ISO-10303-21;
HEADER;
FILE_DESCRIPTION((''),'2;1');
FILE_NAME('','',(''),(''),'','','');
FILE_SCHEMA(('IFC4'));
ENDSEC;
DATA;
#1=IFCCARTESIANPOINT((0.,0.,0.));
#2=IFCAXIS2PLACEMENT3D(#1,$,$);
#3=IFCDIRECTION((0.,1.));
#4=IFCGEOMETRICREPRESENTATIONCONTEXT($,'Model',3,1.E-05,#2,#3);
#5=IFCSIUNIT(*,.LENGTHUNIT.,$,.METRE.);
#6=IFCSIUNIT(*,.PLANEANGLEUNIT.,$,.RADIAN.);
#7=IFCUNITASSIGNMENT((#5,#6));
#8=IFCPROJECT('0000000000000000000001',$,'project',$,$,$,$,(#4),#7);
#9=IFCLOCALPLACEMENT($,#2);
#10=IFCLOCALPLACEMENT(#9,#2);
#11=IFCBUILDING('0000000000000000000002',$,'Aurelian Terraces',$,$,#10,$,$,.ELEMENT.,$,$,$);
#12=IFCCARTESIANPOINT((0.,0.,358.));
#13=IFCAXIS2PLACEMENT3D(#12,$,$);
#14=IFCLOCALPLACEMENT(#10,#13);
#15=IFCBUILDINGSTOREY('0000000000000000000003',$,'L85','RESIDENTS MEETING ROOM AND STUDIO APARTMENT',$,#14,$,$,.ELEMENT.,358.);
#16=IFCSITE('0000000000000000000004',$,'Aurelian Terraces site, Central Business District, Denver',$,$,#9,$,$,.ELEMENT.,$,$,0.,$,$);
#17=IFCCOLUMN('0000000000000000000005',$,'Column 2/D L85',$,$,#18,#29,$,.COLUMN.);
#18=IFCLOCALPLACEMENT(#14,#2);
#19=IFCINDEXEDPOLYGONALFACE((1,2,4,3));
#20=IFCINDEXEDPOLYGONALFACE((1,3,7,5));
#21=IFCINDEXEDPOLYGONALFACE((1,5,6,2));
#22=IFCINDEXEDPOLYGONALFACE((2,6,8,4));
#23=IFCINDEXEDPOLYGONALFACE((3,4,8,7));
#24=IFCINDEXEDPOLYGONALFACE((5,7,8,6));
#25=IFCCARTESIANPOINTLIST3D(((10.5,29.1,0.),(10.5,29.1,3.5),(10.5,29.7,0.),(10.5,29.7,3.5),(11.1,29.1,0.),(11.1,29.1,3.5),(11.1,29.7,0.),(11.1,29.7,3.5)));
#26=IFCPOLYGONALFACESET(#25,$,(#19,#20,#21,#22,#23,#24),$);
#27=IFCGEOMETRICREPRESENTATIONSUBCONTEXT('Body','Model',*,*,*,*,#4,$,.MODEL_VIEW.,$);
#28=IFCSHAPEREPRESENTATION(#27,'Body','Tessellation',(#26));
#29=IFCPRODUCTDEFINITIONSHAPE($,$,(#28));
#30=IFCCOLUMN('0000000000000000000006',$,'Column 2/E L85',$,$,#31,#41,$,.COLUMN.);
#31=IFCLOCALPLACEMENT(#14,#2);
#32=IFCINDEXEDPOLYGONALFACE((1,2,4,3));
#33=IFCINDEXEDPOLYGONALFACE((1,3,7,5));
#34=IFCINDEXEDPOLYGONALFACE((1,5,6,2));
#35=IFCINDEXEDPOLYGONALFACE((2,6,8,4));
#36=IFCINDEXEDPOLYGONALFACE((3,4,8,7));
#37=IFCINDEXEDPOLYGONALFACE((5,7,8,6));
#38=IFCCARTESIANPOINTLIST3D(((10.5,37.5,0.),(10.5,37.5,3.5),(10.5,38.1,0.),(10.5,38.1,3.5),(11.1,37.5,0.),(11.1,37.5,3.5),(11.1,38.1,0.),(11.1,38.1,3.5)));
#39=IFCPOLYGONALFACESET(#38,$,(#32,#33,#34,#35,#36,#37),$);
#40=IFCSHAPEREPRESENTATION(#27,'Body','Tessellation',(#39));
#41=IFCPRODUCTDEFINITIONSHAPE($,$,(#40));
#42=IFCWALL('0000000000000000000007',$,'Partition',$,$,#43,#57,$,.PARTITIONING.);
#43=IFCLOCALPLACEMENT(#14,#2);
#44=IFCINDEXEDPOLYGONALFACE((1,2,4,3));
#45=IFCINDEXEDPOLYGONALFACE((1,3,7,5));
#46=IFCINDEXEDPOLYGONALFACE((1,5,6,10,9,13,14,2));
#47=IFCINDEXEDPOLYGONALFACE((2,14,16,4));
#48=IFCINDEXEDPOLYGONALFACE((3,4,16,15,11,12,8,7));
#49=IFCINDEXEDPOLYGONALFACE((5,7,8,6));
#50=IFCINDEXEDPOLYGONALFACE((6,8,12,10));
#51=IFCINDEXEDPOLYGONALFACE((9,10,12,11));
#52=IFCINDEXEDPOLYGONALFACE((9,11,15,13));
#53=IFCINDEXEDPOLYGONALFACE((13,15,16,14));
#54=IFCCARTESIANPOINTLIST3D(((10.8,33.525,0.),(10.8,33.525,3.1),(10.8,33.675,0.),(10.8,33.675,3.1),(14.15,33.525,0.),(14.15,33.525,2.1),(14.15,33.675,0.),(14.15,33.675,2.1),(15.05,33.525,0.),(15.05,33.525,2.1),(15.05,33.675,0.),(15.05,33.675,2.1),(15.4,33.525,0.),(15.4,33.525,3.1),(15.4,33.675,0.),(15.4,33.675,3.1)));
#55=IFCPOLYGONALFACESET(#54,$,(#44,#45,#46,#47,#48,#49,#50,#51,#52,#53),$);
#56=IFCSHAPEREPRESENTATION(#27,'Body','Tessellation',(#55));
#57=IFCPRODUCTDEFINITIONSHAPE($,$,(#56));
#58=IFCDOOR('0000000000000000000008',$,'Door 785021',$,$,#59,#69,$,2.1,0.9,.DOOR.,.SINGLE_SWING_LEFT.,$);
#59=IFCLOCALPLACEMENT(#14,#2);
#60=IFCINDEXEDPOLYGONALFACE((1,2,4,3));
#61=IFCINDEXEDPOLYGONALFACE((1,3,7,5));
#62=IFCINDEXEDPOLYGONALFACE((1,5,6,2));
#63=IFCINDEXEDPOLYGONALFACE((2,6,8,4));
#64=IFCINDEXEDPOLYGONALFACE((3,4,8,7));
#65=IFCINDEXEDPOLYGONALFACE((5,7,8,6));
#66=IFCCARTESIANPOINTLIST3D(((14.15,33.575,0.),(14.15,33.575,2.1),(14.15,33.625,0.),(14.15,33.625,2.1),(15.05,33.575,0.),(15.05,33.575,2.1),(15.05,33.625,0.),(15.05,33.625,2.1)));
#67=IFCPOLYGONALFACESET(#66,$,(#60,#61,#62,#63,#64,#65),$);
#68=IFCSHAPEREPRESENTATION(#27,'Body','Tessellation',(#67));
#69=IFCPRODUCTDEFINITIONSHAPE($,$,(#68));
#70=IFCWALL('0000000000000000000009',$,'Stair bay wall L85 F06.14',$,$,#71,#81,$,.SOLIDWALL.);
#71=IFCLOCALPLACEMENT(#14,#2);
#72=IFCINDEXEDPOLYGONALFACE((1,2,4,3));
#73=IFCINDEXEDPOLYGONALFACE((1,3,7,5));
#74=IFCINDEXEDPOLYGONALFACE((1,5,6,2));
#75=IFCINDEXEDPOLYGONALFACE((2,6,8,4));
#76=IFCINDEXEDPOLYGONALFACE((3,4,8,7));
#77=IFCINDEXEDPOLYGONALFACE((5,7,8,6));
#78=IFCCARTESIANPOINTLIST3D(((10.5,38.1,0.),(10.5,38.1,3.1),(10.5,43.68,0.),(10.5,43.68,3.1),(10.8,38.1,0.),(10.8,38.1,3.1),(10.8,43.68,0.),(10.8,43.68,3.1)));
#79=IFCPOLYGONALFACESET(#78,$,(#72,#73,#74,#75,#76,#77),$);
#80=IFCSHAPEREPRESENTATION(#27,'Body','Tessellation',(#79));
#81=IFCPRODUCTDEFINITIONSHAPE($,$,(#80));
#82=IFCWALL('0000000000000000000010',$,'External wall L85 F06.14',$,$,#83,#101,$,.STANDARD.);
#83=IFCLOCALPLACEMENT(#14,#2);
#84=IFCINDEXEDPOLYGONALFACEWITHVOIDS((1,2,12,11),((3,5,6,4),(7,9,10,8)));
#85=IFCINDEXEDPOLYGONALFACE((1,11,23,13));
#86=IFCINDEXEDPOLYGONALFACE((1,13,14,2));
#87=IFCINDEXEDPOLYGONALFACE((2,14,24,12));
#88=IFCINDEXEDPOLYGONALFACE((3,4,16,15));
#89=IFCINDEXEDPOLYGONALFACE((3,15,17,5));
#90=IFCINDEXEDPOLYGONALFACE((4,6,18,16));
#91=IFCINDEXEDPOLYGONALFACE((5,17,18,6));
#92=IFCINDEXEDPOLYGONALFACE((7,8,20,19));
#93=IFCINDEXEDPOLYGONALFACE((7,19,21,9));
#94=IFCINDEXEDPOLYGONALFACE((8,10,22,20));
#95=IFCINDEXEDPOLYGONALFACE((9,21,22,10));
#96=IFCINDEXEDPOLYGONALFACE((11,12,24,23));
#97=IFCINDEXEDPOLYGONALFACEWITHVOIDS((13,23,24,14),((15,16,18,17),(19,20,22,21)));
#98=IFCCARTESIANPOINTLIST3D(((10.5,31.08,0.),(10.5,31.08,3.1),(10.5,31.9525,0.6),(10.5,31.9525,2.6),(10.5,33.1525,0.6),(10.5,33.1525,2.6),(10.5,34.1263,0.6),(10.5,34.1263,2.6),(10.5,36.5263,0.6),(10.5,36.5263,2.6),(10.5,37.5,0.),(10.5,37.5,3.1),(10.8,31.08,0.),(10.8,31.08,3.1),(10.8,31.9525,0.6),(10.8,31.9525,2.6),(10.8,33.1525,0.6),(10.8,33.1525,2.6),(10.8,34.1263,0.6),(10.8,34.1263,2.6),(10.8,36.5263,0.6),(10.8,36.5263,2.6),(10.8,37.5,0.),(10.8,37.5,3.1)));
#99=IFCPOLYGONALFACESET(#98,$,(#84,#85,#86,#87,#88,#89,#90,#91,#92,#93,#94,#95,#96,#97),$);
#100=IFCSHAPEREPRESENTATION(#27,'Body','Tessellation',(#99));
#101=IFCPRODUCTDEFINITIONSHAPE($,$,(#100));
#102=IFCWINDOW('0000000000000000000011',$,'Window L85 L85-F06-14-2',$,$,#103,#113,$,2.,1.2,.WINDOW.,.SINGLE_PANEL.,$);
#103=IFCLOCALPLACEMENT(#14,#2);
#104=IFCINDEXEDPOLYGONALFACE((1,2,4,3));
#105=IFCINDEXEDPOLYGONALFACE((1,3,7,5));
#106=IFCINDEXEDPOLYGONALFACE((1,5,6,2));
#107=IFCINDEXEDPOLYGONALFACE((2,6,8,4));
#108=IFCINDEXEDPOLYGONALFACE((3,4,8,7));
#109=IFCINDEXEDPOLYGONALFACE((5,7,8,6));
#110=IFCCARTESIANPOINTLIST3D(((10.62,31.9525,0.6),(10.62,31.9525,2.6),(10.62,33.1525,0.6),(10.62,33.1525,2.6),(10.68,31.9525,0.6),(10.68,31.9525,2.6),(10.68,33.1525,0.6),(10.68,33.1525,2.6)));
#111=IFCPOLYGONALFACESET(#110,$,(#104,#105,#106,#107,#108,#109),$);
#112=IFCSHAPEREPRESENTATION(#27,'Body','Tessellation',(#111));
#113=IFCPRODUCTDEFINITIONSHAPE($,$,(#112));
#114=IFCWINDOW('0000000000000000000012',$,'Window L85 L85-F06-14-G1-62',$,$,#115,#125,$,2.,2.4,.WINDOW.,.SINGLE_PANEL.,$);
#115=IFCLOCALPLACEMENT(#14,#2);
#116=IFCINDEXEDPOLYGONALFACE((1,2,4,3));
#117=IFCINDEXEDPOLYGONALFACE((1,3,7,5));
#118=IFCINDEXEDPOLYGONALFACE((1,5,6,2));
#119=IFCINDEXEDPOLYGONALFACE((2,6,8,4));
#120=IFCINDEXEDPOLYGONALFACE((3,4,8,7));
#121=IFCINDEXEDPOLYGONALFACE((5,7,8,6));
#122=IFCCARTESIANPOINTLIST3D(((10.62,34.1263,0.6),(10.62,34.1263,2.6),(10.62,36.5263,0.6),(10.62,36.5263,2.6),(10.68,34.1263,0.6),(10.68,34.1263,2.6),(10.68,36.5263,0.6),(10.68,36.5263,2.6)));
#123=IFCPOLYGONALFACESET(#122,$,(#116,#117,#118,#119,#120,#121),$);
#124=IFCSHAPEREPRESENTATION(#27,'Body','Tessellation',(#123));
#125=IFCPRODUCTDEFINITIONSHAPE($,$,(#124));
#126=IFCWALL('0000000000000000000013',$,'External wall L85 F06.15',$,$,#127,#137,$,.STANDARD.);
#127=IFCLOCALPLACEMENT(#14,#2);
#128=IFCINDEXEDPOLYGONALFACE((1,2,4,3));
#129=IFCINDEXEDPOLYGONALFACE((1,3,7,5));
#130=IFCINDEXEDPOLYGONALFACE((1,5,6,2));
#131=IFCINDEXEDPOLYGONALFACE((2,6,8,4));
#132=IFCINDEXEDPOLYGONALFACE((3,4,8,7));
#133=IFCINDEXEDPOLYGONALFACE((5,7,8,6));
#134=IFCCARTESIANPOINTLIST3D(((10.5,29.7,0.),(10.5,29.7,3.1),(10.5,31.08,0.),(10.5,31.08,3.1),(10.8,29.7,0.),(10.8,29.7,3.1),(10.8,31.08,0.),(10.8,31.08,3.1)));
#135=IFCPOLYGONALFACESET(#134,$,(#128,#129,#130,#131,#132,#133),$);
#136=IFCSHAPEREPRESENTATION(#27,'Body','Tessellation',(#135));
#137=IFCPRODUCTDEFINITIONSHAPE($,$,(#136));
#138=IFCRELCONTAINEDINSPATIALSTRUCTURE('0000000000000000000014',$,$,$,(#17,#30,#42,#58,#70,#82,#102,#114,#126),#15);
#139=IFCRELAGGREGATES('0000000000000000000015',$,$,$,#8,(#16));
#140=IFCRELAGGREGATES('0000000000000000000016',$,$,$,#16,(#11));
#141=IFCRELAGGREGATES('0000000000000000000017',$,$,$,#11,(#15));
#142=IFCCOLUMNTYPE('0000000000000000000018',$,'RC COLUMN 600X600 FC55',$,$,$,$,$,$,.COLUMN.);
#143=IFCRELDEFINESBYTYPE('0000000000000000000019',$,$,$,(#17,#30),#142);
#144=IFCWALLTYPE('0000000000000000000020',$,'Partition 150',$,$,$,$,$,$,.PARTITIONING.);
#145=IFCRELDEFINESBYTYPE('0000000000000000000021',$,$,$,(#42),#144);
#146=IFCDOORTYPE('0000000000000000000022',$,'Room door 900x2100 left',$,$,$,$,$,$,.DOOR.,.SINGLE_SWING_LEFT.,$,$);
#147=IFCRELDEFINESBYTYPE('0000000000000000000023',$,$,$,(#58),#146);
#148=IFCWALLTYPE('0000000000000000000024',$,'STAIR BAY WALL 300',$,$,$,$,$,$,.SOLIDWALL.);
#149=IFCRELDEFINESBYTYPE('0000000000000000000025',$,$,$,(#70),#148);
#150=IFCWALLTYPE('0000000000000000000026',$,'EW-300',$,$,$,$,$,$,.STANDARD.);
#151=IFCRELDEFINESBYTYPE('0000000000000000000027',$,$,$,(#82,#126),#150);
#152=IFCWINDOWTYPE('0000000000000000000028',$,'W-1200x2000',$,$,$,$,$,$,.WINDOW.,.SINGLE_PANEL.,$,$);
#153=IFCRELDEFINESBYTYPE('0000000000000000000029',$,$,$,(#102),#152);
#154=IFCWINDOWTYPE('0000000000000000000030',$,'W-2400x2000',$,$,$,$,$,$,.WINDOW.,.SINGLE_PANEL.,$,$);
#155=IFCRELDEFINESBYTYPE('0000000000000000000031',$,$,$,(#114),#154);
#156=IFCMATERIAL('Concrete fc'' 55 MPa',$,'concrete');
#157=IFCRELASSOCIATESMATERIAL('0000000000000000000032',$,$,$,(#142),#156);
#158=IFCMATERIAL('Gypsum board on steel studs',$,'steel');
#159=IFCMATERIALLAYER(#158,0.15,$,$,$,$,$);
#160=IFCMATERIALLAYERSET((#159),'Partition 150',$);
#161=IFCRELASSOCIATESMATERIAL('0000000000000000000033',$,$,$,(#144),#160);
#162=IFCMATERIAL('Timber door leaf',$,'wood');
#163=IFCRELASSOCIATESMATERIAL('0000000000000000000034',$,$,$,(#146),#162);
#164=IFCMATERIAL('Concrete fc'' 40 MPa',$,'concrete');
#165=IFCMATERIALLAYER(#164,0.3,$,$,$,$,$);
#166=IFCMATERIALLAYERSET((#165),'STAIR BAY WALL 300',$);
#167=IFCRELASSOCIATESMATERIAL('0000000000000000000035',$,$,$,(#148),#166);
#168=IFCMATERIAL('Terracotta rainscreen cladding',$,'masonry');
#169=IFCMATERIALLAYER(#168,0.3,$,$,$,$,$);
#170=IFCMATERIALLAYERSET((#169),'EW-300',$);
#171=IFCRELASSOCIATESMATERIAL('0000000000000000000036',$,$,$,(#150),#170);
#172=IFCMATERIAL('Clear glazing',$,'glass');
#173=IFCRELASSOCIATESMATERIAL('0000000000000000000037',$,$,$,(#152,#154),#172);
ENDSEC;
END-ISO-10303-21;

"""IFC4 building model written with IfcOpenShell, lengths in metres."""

from ifc_helpers import new_model, si_unit, direction, frame, frame_2d, origin, origin_2d, place, context, subcontext, project, spatial, rectangle, extrude, source, transform, mapped, material, layer, layer_set, material_profile, profile_set, type_object, element, fill, save


model = new_model("IFC4")

# Units and contexts
model_context = context("Model", 3, precision=1e-05, world=origin(), true_north=direction((0.0, 1.0)))
body_context = subcontext(model_context, "Body", "Model", "MODEL_VIEW")
ifc_project = project(units=[si_unit("LENGTHUNIT", "METRE"), si_unit("PLANEANGLEUNIT", "RADIAN")], contexts=[model_context])

# Site, building, storey
site_placement = place(None, origin())
site = spatial("IfcSite", under=ifc_project, at=site_placement, Name="Aurelian Terraces site, Central Business District, Denver", CompositionType="ELEMENT", RefElevation=0.0)
building_placement = place(site_placement, origin())
building = spatial("IfcBuilding", under=site, at=building_placement, Name="Aurelian Terraces", CompositionType="ELEMENT")
storey_placement = place(building_placement, frame((0.0, 0.0, 358.0)))
storey = spatial("IfcBuildingStorey", under=building, at=storey_placement, Name="L85", Description="RESIDENTS MEETING ROOM AND STUDIO APARTMENT", CompositionType="ELEMENT", Elevation=358.0)

# Columns
ifc_material_1 = material(Name="Concrete fc' 55 MPa", Category="concrete")
ifc_material_profile = material_profile(ifc_material_1, rectangle(XDim=0.6, YDim=0.6, at=origin_2d()))
ifc_profile_set = profile_set([ifc_material_profile], Name="Concrete fc' 55 MPa")
column_type = type_object("IfcColumnType", Name="RC COLUMN 600X600 FC55", PredefinedType="COLUMN", material=ifc_profile_set)
shared_shape_1 = source(origin(), body_context, "Body", "SweptSolid", [
    extrude(rectangle(XDim=0.6, YDim=0.6, at=origin_2d()), origin(), (0.0, 0.0, 1.0), 3.5),
])
for number, where, z_axis, x_axis, name in (
    (1, (10.8, 29.4, 0.0), (0.0, 0.0, 1.0), (1.0, 0.0, 0.0), "Column 2/D L85"),
    (2, (10.8, 37.8, 0.0), (0.0, 0.0, 1.0), (1.0, 0.0, 0.0), "Column 2/E L85"),
):
    element("IfcColumn", number, at=place(storey_placement, frame(where, z_axis=z_axis, x_axis=x_axis)), inside=storey, type_object=column_type, Name=name, PredefinedType="COLUMN", context=body_context, shape_type="MappedRepresentation", body=[
        mapped(shared_shape_1, transform((0.0, 0.0, 0.0), scale=1.0)),
    ])

# Wall, opening, door
ifc_material_2 = material(Name="Gypsum board on steel studs", Category="steel")
ifc_layer_1 = layer(ifc_material_2, 0.15)
ifc_layer_set_1 = layer_set([ifc_layer_1], Name="Partition 150")
wall_type_1 = type_object("IfcWallType", Name="Partition 150", PredefinedType="PARTITIONING", material=ifc_layer_set_1)
wall_1_placement = place(storey_placement, frame((15.4, 33.6, 0.0), z_axis=(0.0, 0.0, 1.0), x_axis=(-1.0, 0.0, 0.0)))
wall_1 = element("IfcWall", 3, at=wall_1_placement, inside=storey, type_object=wall_type_1, Name="Partition", PredefinedType="PARTITIONING", context=body_context, shape_type="SweptSolid", body=[
    extrude(rectangle(XDim=4.6, YDim=0.15, at=frame_2d((2.3, 0.0))), origin(), (0.0, 0.0, 1.0), 3.1),
])
shared_shape_2 = source(origin(), body_context, "Body", "SweptSolid", [
    extrude(rectangle(XDim=0.9, YDim=2.1, at=frame_2d((0.45, 1.05))), frame((0.0, 0.085, 0.0), z_axis=(0.0, -1.0, 0.0), x_axis=(1.0, 0.0, 0.0)), (0.0, 0.0, 1.0), 0.17),
])
opening_1_placement = place(wall_1_placement, frame((0.35, 0.0, 0.0)))
opening_1 = element("IfcOpeningElement", 4, at=opening_1_placement, cuts=wall_1, PredefinedType="OPENING", context=body_context, shape_type="MappedRepresentation", body=[
    mapped(shared_shape_2, transform((0.0, 0.0, 0.0), scale=1.0)),
])
ifc_material_3 = material(Name="Timber door leaf", Category="wood")
door_type_1 = type_object("IfcDoorType", Name="Room door 900x2100 left", OperationType="SINGLE_SWING_LEFT", PredefinedType="DOOR", material=ifc_material_3)
shared_shape_3 = source(origin(), body_context, "Body", "SweptSolid", [
    extrude(rectangle(XDim=0.9, YDim=2.1, at=frame_2d((0.45, 1.05))), frame((0.0, 0.025, 0.0), z_axis=(0.0, -1.0, 0.0), x_axis=(1.0, 0.0, 0.0)), (0.0, 0.0, 1.0), 0.05),
])
door_1_placement = place(opening_1_placement, origin())
door_1 = element("IfcDoor", 5, at=door_1_placement, inside=storey, type_object=door_type_1, Name="Door 785021", OperationType="SINGLE_SWING_LEFT", OverallHeight=2.1, OverallWidth=0.9, PredefinedType="DOOR", context=body_context, shape_type="MappedRepresentation", body=[
    mapped(shared_shape_3, transform((0.0, 0.0, 0.0), scale=1.0)),
])
fill(opening_1, door_1)

# Wall
ifc_material_4 = material(Name="Concrete fc' 40 MPa", Category="concrete")
ifc_layer_2 = layer(ifc_material_4, 0.3)
ifc_layer_set_2 = layer_set([ifc_layer_2], Name="STAIR BAY WALL 300")
wall_type_2 = type_object("IfcWallType", Name="STAIR BAY WALL 300", PredefinedType="SOLIDWALL", material=ifc_layer_set_2)
shared_shape_4 = source(origin(), body_context, "Body", "SweptSolid", [
    extrude(rectangle(XDim=5.58, YDim=0.3, at=frame_2d((2.79, 0.0))), origin(), (0.0, 0.0, 1.0), 3.1),
])
wall_2_placement = place(storey_placement, frame((10.65, 43.68, 0.0), z_axis=(0.0, 0.0, 1.0), x_axis=(0.0, -1.0, 0.0)))
element("IfcWall", 6, at=wall_2_placement, inside=storey, type_object=wall_type_2, Name="Stair bay wall L85 F06.14", PredefinedType="SOLIDWALL", context=body_context, shape_type="MappedRepresentation", body=[
    mapped(shared_shape_4, transform((0.0, 0.0, 0.0), scale=1.0)),
])

# Wall, openings, windows
ifc_material_5 = material(Name="Terracotta rainscreen cladding", Category="masonry")
ifc_layer_3 = layer(ifc_material_5, 0.3)
ifc_layer_set_3 = layer_set([ifc_layer_3], Name="EW-300")
wall_type_3 = type_object("IfcWallType", Name="EW-300", PredefinedType="STANDARD", material=ifc_layer_set_3)
shared_shape_5 = source(origin(), body_context, "Body", "SweptSolid", [
    extrude(rectangle(XDim=6.42, YDim=0.3, at=frame_2d((3.21, 0.0))), origin(), (0.0, 0.0, 1.0), 3.1),
])
wall_3_placement = place(storey_placement, frame((10.65, 37.5, 0.0), z_axis=(0.0, 0.0, 1.0), x_axis=(0.0, -1.0, 0.0)))
wall_3 = element("IfcWall", 7, at=wall_3_placement, inside=storey, type_object=wall_type_3, Name="External wall L85 F06.14", PredefinedType="STANDARD", context=body_context, shape_type="MappedRepresentation", body=[
    mapped(shared_shape_5, transform((0.0, 0.0, 0.0), scale=1.0)),
])
shared_shape_6 = source(origin(), body_context, "Body", "SweptSolid", [
    extrude(rectangle(XDim=1.2, YDim=2.0, at=frame_2d((0.6, 1.0))), frame((0.0, 0.16, 0.0), z_axis=(0.0, -1.0, 0.0), x_axis=(1.0, 0.0, 0.0)), (0.0, 0.0, 1.0), 0.32),
])
opening_2_placement = place(wall_3_placement, frame((4.3475, 0.0, 0.6)))
opening_2 = element("IfcOpeningElement", 8, at=opening_2_placement, cuts=wall_3, PredefinedType="OPENING", context=body_context, shape_type="MappedRepresentation", body=[
    mapped(shared_shape_6, transform((0.0, 0.0, 0.0), scale=1.0)),
])
shared_shape_7 = source(origin(), body_context, "Body", "SweptSolid", [
    extrude(rectangle(XDim=2.4, YDim=2.0, at=frame_2d((1.2, 1.0))), frame((0.0, 0.16, 0.0), z_axis=(0.0, -1.0, 0.0), x_axis=(1.0, 0.0, 0.0)), (0.0, 0.0, 1.0), 0.32),
])
opening_3_placement = place(wall_3_placement, frame((0.9737, 0.0, 0.6)))
opening_3 = element("IfcOpeningElement", 9, at=opening_3_placement, cuts=wall_3, PredefinedType="OPENING", context=body_context, shape_type="MappedRepresentation", body=[
    mapped(shared_shape_7, transform((0.0, 0.0, 0.0), scale=1.0)),
])
ifc_material_6 = material(Name="Clear glazing", Category="glass")
window_type_1 = type_object("IfcWindowType", Name="W-1200x2000", PartitioningType="SINGLE_PANEL", PredefinedType="WINDOW", material=ifc_material_6)
shared_shape_8 = source(origin(), body_context, "Body", "SweptSolid", [
    extrude(rectangle(XDim=1.2, YDim=2.0, at=frame_2d((0.6, 1.0))), frame((0.0, 0.03, 0.0), z_axis=(0.0, -1.0, 0.0), x_axis=(1.0, 0.0, 0.0)), (0.0, 0.0, 1.0), 0.06),
])
window_1_placement = place(opening_2_placement, origin())
window_1 = element("IfcWindow", 10, at=window_1_placement, inside=storey, type_object=window_type_1, Name="Window L85 L85-F06-14-2", OverallHeight=2.0, OverallWidth=1.2, PartitioningType="SINGLE_PANEL", PredefinedType="WINDOW", context=body_context, shape_type="MappedRepresentation", body=[
    mapped(shared_shape_8, transform((0.0, 0.0, 0.0), scale=1.0)),
])
fill(opening_2, window_1)
window_type_2 = type_object("IfcWindowType", Name="W-2400x2000", PartitioningType="SINGLE_PANEL", PredefinedType="WINDOW", material=ifc_material_6)
shared_shape_9 = source(origin(), body_context, "Body", "SweptSolid", [
    extrude(rectangle(XDim=2.4, YDim=2.0, at=frame_2d((1.2, 1.0))), frame((0.0, 0.03, 0.0), z_axis=(0.0, -1.0, 0.0), x_axis=(1.0, 0.0, 0.0)), (0.0, 0.0, 1.0), 0.06),
])
window_2_placement = place(opening_3_placement, origin())
window_2 = element("IfcWindow", 11, at=window_2_placement, inside=storey, type_object=window_type_2, Name="Window L85 L85-F06-14-G1-62", OverallHeight=2.0, OverallWidth=2.4, PartitioningType="SINGLE_PANEL", PredefinedType="WINDOW", context=body_context, shape_type="MappedRepresentation", body=[
    mapped(shared_shape_9, transform((0.0, 0.0, 0.0), scale=1.0)),
])
fill(opening_3, window_2)

# Wall
shared_shape_10 = source(origin(), body_context, "Body", "SweptSolid", [
    extrude(rectangle(XDim=1.38, YDim=0.3, at=frame_2d((0.69, 0.0))), origin(), (0.0, 0.0, 1.0), 3.1),
])
wall_4_placement = place(storey_placement, frame((10.65, 31.08, 0.0), z_axis=(0.0, 0.0, 1.0), x_axis=(0.0, -1.0, 0.0)))
element("IfcWall", 12, at=wall_4_placement, inside=storey, type_object=wall_type_3, Name="External wall L85 F06.15", PredefinedType="STANDARD", context=body_context, shape_type="MappedRepresentation", body=[
    mapped(shared_shape_10, transform((0.0, 0.0, 0.0), scale=1.0)),
])

save(model, "model.ifc")
